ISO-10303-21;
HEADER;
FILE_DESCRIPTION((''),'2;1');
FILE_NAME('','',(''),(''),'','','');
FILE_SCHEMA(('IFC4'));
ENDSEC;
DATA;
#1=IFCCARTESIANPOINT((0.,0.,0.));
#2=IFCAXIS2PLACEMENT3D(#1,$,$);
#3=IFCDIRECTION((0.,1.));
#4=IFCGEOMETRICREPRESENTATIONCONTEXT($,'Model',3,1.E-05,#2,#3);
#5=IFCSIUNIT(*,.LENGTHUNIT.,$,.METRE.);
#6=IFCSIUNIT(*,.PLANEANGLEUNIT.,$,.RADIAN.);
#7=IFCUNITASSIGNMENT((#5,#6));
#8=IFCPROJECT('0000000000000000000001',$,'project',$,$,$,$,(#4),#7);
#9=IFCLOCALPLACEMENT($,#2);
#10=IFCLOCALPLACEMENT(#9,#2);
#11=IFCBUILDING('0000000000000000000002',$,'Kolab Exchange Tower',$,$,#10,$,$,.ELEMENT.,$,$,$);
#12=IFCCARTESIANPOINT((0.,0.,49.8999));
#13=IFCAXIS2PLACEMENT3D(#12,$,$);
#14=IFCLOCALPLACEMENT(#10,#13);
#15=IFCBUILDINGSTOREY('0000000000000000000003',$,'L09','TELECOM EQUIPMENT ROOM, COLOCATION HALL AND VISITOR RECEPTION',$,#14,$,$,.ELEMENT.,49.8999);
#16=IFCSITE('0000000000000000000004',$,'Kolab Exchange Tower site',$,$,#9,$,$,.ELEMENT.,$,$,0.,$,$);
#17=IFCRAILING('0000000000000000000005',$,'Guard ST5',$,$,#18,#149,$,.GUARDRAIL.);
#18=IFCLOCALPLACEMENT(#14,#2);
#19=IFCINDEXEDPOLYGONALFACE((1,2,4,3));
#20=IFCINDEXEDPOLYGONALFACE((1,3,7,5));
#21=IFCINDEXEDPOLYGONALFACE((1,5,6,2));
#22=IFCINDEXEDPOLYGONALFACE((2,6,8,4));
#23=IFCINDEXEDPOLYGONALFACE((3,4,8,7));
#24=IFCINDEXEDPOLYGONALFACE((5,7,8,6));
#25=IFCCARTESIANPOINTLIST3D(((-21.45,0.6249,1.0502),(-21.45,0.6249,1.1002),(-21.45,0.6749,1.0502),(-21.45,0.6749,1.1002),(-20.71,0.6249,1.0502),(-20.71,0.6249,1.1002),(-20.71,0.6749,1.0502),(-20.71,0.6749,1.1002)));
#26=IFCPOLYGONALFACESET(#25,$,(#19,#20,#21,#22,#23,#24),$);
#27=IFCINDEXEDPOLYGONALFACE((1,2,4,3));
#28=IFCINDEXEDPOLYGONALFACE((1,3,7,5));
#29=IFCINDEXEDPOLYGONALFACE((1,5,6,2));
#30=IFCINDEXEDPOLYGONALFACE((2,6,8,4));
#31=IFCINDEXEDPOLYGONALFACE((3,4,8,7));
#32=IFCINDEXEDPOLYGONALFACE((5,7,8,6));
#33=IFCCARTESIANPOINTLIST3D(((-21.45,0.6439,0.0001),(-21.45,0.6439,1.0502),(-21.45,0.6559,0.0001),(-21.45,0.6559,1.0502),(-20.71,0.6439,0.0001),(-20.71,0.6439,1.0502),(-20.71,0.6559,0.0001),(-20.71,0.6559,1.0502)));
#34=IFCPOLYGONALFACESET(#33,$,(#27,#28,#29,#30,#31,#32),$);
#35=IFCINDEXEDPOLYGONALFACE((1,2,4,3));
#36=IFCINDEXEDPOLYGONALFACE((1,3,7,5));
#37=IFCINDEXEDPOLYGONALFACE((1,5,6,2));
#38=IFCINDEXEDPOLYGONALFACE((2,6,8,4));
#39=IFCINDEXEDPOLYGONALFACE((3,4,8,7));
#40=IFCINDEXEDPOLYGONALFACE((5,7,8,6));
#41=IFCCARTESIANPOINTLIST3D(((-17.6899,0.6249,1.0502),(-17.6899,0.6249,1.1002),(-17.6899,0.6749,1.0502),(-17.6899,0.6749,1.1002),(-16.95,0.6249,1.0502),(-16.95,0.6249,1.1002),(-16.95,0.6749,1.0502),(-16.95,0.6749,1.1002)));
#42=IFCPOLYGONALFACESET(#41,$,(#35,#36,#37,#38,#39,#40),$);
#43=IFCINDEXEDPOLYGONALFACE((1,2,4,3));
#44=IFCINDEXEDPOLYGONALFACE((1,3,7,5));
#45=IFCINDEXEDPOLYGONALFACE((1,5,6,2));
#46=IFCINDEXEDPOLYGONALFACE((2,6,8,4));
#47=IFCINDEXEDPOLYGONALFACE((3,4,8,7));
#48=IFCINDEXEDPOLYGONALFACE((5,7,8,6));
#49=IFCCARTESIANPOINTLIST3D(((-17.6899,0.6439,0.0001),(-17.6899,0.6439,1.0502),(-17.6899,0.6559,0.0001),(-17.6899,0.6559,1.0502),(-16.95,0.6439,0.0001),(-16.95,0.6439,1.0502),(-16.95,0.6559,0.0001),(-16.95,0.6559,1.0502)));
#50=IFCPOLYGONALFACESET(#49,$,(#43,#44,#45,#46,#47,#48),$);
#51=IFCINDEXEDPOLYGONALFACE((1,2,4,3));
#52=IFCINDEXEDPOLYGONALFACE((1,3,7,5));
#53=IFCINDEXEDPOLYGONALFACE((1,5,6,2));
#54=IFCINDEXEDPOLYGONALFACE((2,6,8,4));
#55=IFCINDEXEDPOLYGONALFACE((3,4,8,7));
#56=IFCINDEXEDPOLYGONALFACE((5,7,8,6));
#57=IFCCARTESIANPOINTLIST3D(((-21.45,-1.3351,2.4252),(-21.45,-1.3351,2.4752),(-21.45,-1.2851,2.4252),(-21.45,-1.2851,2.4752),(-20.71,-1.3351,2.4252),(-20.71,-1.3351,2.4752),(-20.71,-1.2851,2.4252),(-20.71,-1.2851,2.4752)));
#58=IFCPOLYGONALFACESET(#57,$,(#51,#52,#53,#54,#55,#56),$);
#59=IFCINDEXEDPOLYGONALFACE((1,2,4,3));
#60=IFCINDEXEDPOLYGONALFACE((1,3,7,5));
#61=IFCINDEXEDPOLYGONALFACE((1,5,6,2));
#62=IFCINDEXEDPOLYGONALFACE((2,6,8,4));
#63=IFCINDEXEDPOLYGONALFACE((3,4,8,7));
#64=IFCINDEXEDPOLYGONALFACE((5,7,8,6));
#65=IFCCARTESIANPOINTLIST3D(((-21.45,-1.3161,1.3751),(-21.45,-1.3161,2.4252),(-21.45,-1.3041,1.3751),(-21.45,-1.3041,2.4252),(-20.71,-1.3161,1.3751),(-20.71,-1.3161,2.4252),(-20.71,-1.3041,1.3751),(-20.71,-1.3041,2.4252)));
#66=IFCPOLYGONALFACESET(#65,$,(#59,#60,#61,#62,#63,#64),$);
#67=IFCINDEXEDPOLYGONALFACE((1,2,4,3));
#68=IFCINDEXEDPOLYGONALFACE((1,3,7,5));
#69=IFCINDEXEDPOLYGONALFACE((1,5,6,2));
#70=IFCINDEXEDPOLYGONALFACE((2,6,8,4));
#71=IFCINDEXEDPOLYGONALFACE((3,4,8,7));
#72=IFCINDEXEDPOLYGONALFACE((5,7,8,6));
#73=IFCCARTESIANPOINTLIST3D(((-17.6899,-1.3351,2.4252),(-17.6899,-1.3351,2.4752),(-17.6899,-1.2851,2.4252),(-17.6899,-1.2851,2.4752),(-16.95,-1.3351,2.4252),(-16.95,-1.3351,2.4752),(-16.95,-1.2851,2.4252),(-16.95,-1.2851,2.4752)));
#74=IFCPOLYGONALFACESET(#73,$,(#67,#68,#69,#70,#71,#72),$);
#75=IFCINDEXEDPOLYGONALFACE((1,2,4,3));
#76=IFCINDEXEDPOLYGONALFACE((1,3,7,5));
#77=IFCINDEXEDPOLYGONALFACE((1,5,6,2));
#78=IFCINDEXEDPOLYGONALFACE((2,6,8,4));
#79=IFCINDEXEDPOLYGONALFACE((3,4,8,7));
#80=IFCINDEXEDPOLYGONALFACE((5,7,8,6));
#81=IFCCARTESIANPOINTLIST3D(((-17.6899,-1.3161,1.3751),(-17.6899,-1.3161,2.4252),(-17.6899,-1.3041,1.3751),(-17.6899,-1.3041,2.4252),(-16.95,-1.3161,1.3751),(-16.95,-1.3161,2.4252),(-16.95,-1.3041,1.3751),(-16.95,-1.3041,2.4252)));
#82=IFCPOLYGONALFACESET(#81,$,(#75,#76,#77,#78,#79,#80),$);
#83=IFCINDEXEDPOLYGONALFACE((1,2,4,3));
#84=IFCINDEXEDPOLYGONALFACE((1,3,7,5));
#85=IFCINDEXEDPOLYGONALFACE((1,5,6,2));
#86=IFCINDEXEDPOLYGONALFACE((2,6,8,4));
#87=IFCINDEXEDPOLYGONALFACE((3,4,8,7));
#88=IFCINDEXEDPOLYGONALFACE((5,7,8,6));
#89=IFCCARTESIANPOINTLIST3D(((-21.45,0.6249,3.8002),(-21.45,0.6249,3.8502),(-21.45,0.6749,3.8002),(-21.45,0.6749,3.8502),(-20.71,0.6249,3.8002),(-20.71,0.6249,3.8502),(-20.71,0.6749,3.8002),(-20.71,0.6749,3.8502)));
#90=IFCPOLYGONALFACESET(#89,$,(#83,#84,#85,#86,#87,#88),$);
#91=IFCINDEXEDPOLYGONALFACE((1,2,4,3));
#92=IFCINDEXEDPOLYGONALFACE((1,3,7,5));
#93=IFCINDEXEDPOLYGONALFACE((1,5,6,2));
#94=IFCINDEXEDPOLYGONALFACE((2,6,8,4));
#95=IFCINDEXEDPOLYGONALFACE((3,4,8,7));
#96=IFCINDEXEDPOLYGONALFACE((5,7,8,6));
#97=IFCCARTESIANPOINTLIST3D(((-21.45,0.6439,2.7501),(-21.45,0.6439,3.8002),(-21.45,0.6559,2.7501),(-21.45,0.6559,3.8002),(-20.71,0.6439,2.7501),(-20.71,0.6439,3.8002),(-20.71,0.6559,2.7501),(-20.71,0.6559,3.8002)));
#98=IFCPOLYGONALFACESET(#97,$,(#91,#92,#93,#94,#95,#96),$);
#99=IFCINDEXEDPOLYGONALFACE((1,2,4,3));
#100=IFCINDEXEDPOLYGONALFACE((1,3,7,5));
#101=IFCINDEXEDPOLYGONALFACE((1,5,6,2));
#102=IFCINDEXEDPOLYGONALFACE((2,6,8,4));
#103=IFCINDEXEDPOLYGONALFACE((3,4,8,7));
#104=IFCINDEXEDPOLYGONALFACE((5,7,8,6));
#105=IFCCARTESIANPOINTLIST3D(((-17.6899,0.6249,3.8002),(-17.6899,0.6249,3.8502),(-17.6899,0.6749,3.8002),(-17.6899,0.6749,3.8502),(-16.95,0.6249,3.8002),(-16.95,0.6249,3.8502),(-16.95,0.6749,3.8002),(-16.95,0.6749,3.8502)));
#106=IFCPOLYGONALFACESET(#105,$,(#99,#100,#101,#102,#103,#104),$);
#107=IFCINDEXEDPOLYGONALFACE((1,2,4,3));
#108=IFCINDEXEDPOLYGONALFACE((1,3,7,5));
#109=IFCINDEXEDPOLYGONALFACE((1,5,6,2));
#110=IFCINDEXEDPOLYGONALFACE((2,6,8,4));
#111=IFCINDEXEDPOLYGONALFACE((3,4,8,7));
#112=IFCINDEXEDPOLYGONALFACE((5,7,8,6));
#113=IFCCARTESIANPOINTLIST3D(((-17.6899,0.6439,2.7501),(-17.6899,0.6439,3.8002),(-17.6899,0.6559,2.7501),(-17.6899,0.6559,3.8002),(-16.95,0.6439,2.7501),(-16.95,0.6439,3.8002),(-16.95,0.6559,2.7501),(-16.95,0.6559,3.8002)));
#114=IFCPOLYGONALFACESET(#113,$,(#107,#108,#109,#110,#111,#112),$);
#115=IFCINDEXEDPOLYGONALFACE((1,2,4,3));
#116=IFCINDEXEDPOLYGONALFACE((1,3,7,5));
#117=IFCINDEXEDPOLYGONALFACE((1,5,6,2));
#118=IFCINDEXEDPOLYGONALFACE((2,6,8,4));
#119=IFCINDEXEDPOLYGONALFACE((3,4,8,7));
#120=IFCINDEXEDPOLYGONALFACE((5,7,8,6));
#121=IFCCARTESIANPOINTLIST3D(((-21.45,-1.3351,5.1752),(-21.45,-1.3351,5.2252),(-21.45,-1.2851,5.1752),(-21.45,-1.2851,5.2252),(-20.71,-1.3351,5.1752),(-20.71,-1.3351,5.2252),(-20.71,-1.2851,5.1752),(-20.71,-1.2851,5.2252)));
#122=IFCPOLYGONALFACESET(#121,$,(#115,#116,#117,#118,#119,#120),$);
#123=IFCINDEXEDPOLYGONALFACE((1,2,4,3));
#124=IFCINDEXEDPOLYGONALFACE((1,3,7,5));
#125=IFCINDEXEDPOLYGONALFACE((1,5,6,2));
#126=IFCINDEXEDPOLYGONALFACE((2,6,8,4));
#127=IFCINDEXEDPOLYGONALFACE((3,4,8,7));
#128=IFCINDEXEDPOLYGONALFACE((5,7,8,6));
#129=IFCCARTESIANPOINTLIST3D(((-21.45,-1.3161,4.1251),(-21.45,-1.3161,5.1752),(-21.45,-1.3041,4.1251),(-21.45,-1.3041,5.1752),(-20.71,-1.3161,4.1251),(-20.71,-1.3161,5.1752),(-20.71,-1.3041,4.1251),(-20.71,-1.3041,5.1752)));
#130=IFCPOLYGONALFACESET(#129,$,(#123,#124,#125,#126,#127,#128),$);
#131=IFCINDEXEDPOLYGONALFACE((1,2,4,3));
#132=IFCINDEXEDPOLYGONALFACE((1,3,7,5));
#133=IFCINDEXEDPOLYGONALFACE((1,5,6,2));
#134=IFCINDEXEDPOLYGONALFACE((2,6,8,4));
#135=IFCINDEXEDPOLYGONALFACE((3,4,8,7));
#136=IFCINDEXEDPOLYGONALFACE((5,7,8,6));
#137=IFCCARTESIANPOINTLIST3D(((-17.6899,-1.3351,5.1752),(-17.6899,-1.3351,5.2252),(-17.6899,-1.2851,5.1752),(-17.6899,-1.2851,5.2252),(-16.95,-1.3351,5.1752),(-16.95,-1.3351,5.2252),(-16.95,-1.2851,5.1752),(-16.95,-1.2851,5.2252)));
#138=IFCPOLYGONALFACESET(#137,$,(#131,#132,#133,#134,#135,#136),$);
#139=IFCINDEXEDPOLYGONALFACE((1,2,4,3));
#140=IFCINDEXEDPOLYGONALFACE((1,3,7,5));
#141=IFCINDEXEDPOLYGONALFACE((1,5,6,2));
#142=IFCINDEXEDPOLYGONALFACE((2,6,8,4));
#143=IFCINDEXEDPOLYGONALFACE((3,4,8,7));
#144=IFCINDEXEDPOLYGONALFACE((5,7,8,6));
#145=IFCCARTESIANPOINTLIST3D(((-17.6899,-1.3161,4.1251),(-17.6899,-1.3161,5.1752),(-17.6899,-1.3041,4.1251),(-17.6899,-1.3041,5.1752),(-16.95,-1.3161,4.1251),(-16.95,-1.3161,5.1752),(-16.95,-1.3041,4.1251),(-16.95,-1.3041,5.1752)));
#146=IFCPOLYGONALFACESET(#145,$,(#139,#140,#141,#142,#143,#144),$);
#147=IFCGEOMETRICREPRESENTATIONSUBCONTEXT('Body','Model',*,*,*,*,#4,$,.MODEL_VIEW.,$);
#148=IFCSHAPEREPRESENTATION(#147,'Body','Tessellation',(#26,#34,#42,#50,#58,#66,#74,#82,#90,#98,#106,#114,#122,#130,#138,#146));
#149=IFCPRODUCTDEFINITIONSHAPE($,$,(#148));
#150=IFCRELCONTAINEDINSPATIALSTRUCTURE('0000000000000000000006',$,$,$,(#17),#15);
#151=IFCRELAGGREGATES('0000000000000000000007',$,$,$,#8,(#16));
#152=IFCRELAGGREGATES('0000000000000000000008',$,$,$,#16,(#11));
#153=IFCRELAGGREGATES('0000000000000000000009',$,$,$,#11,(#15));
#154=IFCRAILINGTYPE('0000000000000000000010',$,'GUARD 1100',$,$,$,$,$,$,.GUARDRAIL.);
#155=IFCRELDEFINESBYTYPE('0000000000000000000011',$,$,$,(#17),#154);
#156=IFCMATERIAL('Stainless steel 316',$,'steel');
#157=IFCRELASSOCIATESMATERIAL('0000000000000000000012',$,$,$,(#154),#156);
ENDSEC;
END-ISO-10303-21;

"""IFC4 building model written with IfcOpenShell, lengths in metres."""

from ifc_helpers import new_model, si_unit, direction, frame, frame_2d, origin, origin_2d, place, context, subcontext, project, spatial, rectangle, extrude, material, type_object, element, save


model = new_model("IFC4")

# Units and contexts
model_context = context("Model", 3, precision=1e-05, world=origin(), true_north=direction((0.0, 1.0)))
body_context = subcontext(model_context, "Body", "Model", "MODEL_VIEW")
ifc_project = project(units=[si_unit("LENGTHUNIT", "METRE"), si_unit("PLANEANGLEUNIT", "RADIAN")], contexts=[model_context])

# Site, building, storey
site_placement = place(None, origin())
site = spatial("IfcSite", under=ifc_project, at=site_placement, Name="Kolab Exchange Tower site", CompositionType="ELEMENT", RefElevation=0.0)
building_placement = place(site_placement, origin())
building = spatial("IfcBuilding", under=site, at=building_placement, Name="Kolab Exchange Tower", CompositionType="ELEMENT")
storey_placement = place(building_placement, frame((0.0, 0.0, 49.8999)))
storey = spatial("IfcBuildingStorey", under=building, at=storey_placement, Name="L09", Description="TELECOM EQUIPMENT ROOM, COLOCATION HALL AND VISITOR RECEPTION", CompositionType="ELEMENT", Elevation=49.8999)

# Railing
ifc_material_1 = material(Name="Stainless steel 316", Category="steel")
railing_type = type_object("IfcRailingType", Name="GUARD 1100", PredefinedType="GUARDRAIL", material=ifc_material_1)
railing_placement = place(storey_placement, frame((-21.45, 0.6499, 0.0)))
element("IfcRailing", 1, at=railing_placement, inside=storey, type_object=railing_type, Name="Guard ST5", PredefinedType="GUARDRAIL", context=body_context, shape_type="SweptSolid", body=[
    extrude(rectangle(XDim=0.05, YDim=0.05, at=origin_2d()), frame((0.0, 0.0, 1.0752), z_axis=(1.0, 0.0, 0.0), x_axis=(0.0, 1.0, 0.0)), (0.0, 0.0, 1.0), 0.74),
    extrude(rectangle(XDim=0.012, YDim=1.0501, at=frame_2d((0.0, 0.5251))), frame((0.0, 0.0, 0.0), z_axis=(1.0, 0.0, 0.0), x_axis=(0.0, 1.0, 0.0)), (0.0, 0.0, 1.0), 0.74),
    extrude(rectangle(XDim=0.05, YDim=0.05, at=origin_2d()), frame((3.76, 0.0, 1.0752), z_axis=(1.0, 0.0, 0.0), x_axis=(0.0, 1.0, 0.0)), (0.0, 0.0, 1.0), 0.74),
    extrude(rectangle(XDim=0.012, YDim=1.0501, at=frame_2d((0.0, 0.5251))), frame((3.76, 0.0, 0.0), z_axis=(1.0, 0.0, 0.0), x_axis=(0.0, 1.0, 0.0)), (0.0, 0.0, 1.0), 0.74),
    extrude(rectangle(XDim=0.05, YDim=0.05, at=origin_2d()), frame((0.0, -1.96, 2.4502), z_axis=(1.0, 0.0, 0.0), x_axis=(0.0, 1.0, 0.0)), (0.0, 0.0, 1.0), 0.74),
    extrude(rectangle(XDim=0.012, YDim=1.0501, at=frame_2d((0.0, 0.5251))), frame((0.0, -1.96, 1.375), z_axis=(1.0, 0.0, 0.0), x_axis=(0.0, 1.0, 0.0)), (0.0, 0.0, 1.0), 0.74),
    extrude(rectangle(XDim=0.05, YDim=0.05, at=origin_2d()), frame((3.76, -1.96, 2.4502), z_axis=(1.0, 0.0, 0.0), x_axis=(0.0, 1.0, 0.0)), (0.0, 0.0, 1.0), 0.74),
    extrude(rectangle(XDim=0.012, YDim=1.0501, at=frame_2d((0.0, 0.5251))), frame((3.76, -1.96, 1.375), z_axis=(1.0, 0.0, 0.0), x_axis=(0.0, 1.0, 0.0)), (0.0, 0.0, 1.0), 0.74),
    extrude(rectangle(XDim=0.05, YDim=0.05, at=origin_2d()), frame((0.0, 0.0, 3.8252), z_axis=(1.0, 0.0, 0.0), x_axis=(0.0, 1.0, 0.0)), (0.0, 0.0, 1.0), 0.74),
    extrude(rectangle(XDim=0.012, YDim=1.0501, at=frame_2d((0.0, 0.5251))), frame((0.0, 0.0, 2.75), z_axis=(1.0, 0.0, 0.0), x_axis=(0.0, 1.0, 0.0)), (0.0, 0.0, 1.0), 0.74),
    extrude(rectangle(XDim=0.05, YDim=0.05, at=origin_2d()), frame((3.76, 0.0, 3.8252), z_axis=(1.0, 0.0, 0.0), x_axis=(0.0, 1.0, 0.0)), (0.0, 0.0, 1.0), 0.74),
    extrude(rectangle(XDim=0.012, YDim=1.0501, at=frame_2d((0.0, 0.5251))), frame((3.76, 0.0, 2.75), z_axis=(1.0, 0.0, 0.0), x_axis=(0.0, 1.0, 0.0)), (0.0, 0.0, 1.0), 0.74),
    extrude(rectangle(XDim=0.05, YDim=0.05, at=origin_2d()), frame((0.0, -1.96, 5.2002), z_axis=(1.0, 0.0, 0.0), x_axis=(0.0, 1.0, 0.0)), (0.0, 0.0, 1.0), 0.74),
    extrude(rectangle(XDim=0.012, YDim=1.0501, at=frame_2d((0.0, 0.5251))), frame((0.0, -1.96, 4.125), z_axis=(1.0, 0.0, 0.0), x_axis=(0.0, 1.0, 0.0)), (0.0, 0.0, 1.0), 0.74),
    extrude(rectangle(XDim=0.05, YDim=0.05, at=origin_2d()), frame((3.76, -1.96, 5.2002), z_axis=(1.0, 0.0, 0.0), x_axis=(0.0, 1.0, 0.0)), (0.0, 0.0, 1.0), 0.74),
    extrude(rectangle(XDim=0.012, YDim=1.0501, at=frame_2d((0.0, 0.5251))), frame((3.76, -1.96, 4.125), z_axis=(1.0, 0.0, 0.0), x_axis=(0.0, 1.0, 0.0)), (0.0, 0.0, 1.0), 0.74),
])

save(model, "model.ifc")
